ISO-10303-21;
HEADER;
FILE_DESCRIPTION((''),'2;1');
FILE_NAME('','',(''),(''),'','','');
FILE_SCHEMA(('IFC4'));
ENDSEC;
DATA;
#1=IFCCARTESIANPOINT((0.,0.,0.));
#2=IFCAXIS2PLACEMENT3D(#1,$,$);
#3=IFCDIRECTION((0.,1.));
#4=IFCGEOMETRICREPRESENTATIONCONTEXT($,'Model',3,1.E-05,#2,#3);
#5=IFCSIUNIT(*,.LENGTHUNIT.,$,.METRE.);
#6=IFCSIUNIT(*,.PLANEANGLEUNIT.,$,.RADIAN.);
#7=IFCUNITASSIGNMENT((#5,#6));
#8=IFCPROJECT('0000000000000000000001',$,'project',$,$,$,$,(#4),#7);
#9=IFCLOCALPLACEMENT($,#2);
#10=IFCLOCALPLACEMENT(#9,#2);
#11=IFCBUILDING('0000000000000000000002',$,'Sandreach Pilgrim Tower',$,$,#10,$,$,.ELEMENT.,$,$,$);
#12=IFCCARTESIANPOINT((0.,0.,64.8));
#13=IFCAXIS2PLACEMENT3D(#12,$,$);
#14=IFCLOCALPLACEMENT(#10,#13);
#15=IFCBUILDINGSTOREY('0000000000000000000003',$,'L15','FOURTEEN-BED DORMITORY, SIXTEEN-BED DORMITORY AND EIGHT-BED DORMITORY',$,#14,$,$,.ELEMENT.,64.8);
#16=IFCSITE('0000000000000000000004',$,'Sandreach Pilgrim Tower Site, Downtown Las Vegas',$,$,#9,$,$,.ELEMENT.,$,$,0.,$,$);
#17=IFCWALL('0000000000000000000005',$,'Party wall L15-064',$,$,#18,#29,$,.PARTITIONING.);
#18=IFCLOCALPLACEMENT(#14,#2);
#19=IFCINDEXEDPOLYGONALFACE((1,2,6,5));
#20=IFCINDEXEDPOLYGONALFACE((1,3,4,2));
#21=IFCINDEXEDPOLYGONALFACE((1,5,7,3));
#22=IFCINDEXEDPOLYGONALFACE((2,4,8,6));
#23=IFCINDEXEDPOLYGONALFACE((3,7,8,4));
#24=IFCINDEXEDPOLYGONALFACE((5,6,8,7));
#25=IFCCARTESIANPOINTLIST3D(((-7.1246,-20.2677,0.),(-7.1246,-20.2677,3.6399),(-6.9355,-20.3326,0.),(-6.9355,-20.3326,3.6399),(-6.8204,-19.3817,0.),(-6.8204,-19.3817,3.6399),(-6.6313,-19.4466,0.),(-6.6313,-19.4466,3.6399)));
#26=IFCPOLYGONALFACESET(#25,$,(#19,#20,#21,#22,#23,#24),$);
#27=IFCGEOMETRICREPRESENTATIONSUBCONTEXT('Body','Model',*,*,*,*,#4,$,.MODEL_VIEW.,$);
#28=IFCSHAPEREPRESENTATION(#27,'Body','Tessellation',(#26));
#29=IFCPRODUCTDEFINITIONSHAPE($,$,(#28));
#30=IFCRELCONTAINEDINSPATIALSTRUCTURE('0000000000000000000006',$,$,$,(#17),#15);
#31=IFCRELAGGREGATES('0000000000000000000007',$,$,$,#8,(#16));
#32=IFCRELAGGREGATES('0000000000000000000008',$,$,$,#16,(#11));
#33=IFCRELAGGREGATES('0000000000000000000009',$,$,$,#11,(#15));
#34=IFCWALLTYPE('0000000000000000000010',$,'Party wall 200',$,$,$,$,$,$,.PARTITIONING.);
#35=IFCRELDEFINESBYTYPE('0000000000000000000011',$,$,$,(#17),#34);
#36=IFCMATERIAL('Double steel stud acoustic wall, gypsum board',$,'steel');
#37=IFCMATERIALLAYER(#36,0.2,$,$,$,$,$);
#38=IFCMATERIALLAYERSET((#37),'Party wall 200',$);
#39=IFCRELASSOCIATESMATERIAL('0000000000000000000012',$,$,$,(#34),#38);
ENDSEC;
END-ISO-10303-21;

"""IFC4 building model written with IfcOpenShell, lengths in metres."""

from ifc_helpers import new_model, si_unit, direction, frame, frame_2d, origin, place, context, subcontext, project, spatial, rectangle, extrude, material, layer, layer_set, type_object, element, save


model = new_model("IFC4")

# Units and contexts
model_context = context("Model", 3, precision=1e-05, world=origin(), true_north=direction((0.0, 1.0)))
body_context = subcontext(model_context, "Body", "Model", "MODEL_VIEW")
ifc_project = project(units=[si_unit("LENGTHUNIT", "METRE"), si_unit("PLANEANGLEUNIT", "RADIAN")], contexts=[model_context])

# Site, building, storey
site_placement = place(None, origin())
site = spatial("IfcSite", under=ifc_project, at=site_placement, Name="Sandreach Pilgrim Tower Site, Downtown Las Vegas", CompositionType="ELEMENT", RefElevation=0.0)
building_placement = place(site_placement, origin())
building = spatial("IfcBuilding", under=site, at=building_placement, Name="Sandreach Pilgrim Tower", CompositionType="ELEMENT")
storey_placement = place(building_placement, frame((0.0, 0.0, 64.8)))
storey = spatial("IfcBuildingStorey", under=building, at=storey_placement, Name="L15", Description="FOURTEEN-BED DORMITORY, SIXTEEN-BED DORMITORY AND EIGHT-BED DORMITORY", CompositionType="ELEMENT", Elevation=64.8)

# Wall
ifc_material_1 = material(Name="Double steel stud acoustic wall, gypsum board", Category="steel")
ifc_layer_1 = layer(ifc_material_1, 0.2)
ifc_layer_set_1 = layer_set([ifc_layer_1], Name="Party wall 200")
wall_type_1 = type_object("IfcWallType", Name="Party wall 200", PredefinedType="PARTITIONING", material=ifc_layer_set_1)
wall_1_placement = place(storey_placement, frame((-7.03, -20.3, 0.0), z_axis=(0.0, 0.0, 1.0), x_axis=(0.324737, 0.945804, 0.0)))
element("IfcWall", 1, at=wall_1_placement, inside=storey, type_object=wall_type_1, Name="Party wall L15-064", PredefinedType="PARTITIONING", context=body_context, shape_type="SweptSolid", body=[
    extrude(rectangle(XDim=0.9368, YDim=0.2, at=frame_2d((0.4683, 0.0))), origin(), (0.0, 0.0, 1.0), 3.6399),
])

save(model, "model.ifc")
